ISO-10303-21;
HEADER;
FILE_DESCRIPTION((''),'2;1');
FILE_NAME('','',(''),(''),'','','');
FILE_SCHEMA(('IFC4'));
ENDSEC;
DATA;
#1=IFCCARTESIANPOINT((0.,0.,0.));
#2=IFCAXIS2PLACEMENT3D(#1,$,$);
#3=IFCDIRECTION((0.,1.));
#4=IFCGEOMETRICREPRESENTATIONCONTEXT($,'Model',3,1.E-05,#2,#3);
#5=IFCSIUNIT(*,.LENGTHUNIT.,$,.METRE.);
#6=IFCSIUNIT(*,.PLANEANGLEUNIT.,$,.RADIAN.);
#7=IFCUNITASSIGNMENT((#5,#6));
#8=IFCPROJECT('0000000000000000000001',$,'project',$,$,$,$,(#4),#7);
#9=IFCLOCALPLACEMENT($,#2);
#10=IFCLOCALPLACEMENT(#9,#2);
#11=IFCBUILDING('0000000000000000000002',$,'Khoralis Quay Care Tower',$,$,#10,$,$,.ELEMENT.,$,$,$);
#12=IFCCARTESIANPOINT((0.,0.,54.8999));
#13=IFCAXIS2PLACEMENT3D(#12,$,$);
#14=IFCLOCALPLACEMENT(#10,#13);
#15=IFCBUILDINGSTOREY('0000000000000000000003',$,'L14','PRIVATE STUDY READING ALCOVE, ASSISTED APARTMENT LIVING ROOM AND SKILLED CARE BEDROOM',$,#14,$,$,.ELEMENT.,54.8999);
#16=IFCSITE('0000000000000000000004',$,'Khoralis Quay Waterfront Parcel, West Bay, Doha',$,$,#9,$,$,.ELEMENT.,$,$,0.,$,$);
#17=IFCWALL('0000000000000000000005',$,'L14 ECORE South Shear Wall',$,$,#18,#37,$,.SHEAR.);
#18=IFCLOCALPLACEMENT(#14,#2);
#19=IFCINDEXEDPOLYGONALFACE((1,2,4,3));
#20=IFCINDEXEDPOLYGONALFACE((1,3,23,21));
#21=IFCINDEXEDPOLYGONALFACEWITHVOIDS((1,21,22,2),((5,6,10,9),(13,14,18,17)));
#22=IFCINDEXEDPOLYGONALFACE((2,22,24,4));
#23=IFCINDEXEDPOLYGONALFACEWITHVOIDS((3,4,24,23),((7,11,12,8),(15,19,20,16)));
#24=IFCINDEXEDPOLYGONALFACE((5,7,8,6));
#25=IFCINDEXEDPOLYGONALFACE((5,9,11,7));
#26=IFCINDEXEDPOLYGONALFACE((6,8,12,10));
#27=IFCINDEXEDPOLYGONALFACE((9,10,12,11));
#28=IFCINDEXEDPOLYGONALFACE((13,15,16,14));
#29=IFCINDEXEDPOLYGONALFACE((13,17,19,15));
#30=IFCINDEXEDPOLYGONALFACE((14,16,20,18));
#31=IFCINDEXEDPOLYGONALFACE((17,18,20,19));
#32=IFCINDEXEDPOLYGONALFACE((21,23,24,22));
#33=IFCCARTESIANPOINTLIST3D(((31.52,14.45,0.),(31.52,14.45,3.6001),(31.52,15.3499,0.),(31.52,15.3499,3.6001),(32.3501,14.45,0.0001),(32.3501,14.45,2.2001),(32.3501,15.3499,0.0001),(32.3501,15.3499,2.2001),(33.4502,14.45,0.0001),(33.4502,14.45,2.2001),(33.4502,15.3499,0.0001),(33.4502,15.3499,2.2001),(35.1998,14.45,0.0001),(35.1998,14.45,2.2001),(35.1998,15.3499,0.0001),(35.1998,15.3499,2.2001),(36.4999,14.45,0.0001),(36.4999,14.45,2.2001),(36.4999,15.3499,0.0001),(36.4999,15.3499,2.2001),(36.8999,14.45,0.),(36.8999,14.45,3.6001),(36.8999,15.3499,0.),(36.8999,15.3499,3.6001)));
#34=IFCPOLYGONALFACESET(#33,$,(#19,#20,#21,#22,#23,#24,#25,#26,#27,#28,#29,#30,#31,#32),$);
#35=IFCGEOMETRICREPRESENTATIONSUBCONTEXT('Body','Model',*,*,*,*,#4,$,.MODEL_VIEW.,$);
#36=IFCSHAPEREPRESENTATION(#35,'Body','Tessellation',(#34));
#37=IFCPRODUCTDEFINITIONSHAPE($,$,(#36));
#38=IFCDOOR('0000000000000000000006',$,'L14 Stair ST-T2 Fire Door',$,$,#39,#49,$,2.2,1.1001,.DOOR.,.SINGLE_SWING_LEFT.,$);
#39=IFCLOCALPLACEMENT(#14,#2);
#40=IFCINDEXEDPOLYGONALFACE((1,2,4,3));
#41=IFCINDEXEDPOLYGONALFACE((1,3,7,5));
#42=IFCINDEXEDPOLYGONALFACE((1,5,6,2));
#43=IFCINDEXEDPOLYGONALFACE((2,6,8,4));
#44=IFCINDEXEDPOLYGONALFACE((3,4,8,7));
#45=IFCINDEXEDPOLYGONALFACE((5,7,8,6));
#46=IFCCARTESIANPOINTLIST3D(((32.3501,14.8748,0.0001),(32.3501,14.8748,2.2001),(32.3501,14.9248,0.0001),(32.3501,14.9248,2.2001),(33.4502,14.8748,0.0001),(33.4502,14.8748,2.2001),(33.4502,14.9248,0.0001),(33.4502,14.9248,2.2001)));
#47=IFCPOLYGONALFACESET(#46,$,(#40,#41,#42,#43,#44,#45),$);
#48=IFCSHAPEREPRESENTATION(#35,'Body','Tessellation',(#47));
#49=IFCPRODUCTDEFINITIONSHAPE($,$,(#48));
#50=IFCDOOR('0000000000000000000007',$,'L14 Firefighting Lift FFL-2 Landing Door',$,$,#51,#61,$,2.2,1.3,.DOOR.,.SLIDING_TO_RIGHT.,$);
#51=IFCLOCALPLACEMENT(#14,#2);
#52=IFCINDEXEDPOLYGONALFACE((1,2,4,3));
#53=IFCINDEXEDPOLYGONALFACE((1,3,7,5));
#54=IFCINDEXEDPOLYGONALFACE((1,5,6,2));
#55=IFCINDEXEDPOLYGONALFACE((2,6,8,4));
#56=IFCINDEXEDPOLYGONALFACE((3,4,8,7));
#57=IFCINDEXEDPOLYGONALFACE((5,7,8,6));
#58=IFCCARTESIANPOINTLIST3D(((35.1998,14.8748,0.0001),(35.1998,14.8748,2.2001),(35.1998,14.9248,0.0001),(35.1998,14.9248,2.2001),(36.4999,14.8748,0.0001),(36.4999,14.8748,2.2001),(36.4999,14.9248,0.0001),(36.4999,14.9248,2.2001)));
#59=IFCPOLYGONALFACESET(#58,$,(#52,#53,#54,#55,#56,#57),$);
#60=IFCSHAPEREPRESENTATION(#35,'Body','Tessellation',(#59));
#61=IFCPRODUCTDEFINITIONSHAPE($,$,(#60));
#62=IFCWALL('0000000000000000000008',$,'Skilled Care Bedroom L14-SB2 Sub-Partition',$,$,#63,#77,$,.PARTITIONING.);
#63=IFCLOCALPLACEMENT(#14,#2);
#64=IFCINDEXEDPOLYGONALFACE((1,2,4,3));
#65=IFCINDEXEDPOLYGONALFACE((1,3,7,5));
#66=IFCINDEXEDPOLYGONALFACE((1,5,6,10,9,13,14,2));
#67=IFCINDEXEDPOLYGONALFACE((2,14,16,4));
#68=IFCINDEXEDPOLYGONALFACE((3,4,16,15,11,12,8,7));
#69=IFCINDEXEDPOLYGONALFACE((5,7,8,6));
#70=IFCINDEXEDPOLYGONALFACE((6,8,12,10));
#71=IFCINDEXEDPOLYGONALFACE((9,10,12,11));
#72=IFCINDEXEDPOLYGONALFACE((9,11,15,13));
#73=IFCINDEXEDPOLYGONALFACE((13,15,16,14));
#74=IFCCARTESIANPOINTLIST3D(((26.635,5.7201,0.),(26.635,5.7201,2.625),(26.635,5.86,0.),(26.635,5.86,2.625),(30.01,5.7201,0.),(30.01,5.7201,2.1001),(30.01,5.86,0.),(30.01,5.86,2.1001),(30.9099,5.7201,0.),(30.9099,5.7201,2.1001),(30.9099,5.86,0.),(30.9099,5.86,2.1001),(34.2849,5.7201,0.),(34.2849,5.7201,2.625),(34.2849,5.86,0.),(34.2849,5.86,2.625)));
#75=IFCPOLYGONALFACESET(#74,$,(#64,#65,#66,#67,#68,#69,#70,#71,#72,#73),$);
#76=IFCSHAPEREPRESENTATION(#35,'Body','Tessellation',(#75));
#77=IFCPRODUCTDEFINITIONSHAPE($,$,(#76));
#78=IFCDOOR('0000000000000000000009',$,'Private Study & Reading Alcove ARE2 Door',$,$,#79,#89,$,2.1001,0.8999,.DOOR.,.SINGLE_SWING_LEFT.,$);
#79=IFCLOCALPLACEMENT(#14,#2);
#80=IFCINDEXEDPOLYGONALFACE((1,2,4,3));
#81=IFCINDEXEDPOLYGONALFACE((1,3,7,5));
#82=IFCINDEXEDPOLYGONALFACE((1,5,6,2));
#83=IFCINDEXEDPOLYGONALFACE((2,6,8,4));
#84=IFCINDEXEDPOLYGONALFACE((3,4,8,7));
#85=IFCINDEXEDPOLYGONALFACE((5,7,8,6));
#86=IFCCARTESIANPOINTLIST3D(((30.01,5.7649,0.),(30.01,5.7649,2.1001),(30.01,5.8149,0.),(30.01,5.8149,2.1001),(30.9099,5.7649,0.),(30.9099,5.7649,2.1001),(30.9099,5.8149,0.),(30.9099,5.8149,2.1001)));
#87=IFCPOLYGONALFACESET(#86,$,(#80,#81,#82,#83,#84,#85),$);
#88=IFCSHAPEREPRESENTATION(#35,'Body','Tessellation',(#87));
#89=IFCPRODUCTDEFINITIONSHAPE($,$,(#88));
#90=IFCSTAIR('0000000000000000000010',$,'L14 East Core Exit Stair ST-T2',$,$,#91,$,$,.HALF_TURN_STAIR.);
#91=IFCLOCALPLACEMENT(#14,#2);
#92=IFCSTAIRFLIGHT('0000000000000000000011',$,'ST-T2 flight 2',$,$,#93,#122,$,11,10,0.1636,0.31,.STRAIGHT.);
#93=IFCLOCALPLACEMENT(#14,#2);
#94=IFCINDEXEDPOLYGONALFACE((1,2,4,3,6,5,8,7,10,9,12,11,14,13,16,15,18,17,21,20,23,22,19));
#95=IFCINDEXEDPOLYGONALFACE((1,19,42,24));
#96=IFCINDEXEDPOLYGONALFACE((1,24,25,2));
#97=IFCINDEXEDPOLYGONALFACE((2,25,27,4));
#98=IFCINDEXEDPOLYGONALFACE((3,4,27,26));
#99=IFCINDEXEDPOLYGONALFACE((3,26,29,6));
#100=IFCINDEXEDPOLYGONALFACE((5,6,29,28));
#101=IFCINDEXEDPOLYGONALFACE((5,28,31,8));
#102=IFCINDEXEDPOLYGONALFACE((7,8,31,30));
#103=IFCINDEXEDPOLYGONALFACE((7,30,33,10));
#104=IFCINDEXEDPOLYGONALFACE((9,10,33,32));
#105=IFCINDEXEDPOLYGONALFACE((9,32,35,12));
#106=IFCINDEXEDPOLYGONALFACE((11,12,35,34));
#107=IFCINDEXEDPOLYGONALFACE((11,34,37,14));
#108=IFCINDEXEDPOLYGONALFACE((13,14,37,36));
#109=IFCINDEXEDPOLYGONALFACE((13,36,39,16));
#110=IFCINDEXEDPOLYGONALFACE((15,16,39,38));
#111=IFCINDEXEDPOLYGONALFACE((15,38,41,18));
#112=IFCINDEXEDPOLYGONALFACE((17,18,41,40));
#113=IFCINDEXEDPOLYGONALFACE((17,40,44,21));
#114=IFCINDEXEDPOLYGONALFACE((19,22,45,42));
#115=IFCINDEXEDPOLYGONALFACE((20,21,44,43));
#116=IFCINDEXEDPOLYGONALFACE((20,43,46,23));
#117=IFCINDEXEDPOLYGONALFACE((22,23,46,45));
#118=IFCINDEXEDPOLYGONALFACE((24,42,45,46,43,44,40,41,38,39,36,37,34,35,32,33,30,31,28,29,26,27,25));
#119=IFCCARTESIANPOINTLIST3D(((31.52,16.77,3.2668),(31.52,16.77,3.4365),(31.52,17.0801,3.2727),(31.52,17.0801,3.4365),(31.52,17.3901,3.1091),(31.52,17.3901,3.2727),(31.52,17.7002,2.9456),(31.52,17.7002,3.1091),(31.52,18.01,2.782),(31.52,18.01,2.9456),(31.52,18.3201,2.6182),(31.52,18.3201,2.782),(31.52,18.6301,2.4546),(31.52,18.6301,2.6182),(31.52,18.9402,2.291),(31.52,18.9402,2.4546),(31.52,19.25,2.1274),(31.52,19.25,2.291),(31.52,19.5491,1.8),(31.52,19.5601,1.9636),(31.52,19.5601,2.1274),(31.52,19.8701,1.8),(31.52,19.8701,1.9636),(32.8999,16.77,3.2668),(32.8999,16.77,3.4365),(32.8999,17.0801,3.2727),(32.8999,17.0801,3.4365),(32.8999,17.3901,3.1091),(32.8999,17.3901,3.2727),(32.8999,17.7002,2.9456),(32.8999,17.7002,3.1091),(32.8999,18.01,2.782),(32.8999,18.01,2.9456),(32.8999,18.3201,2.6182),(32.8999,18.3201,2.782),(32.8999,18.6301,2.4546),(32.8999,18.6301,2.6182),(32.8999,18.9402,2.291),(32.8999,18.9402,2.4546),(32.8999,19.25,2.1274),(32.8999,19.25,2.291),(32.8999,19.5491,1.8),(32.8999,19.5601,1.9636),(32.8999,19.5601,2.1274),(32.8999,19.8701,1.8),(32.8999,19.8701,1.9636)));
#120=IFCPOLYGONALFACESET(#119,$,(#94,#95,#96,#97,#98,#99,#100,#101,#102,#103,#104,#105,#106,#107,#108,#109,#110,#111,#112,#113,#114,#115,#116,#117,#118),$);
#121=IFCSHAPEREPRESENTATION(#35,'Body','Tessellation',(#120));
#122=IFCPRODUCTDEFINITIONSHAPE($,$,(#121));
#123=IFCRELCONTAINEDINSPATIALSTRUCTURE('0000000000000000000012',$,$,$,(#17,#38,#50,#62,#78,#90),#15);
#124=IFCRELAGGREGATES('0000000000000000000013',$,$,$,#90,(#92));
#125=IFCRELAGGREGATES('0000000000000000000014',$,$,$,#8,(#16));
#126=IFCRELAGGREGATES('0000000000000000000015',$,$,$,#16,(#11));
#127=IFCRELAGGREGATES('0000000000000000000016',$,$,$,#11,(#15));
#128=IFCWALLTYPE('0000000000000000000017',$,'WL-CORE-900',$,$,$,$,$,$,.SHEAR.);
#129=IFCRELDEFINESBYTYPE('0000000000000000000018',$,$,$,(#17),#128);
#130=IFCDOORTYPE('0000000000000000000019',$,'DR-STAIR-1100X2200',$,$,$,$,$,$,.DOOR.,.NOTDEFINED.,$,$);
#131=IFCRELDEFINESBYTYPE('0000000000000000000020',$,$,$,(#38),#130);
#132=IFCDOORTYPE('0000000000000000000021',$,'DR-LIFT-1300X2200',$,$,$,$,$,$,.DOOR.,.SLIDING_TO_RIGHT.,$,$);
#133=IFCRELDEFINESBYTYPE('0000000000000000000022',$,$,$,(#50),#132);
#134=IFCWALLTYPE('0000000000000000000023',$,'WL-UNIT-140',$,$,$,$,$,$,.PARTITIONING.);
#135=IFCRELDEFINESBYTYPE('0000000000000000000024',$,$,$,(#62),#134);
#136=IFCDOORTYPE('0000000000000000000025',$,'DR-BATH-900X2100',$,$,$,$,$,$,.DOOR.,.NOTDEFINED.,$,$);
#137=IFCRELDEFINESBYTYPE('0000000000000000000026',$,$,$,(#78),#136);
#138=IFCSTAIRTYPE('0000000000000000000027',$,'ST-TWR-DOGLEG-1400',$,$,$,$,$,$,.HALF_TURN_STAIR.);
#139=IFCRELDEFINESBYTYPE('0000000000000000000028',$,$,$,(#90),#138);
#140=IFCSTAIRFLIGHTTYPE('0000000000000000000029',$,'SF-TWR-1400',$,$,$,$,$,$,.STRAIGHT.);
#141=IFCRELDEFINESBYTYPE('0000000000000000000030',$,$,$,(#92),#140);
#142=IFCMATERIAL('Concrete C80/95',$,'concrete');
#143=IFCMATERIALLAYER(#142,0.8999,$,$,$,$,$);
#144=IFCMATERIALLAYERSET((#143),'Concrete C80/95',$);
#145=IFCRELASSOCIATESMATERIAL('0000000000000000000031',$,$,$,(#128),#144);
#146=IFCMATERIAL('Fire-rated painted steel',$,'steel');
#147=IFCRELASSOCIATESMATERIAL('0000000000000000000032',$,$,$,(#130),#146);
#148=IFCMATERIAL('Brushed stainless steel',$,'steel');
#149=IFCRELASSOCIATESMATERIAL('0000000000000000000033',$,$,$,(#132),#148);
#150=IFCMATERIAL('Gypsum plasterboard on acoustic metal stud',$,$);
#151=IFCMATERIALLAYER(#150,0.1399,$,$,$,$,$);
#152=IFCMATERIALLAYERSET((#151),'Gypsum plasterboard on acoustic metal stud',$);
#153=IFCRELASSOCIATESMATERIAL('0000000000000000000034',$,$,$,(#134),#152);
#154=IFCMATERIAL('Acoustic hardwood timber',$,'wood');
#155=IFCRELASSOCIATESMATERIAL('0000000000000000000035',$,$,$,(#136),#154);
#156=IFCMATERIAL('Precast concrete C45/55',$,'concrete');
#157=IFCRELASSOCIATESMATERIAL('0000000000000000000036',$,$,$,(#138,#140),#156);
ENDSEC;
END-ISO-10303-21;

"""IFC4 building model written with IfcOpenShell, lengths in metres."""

from ifc_helpers import new_model, si_unit, direction, frame, frame_2d, origin, place, context, subcontext, project, spatial, polyline, rectangle, outline, extrude, source, transform, mapped, material, layer, layer_set, type_object, element, fill, aggregate, save


model = new_model("IFC4")

# Units and contexts
model_context = context("Model", 3, precision=1e-05, world=origin(), true_north=direction((0.0, 1.0)))
body_context = subcontext(model_context, "Body", "Model", "MODEL_VIEW")
ifc_project = project(units=[si_unit("LENGTHUNIT", "METRE"), si_unit("PLANEANGLEUNIT", "RADIAN")], contexts=[model_context])

# Site, building, storey
site_placement = place(None, origin())
site = spatial("IfcSite", under=ifc_project, at=site_placement, Name="Khoralis Quay Waterfront Parcel, West Bay, Doha", CompositionType="ELEMENT", RefElevation=0.0)
building_placement = place(site_placement, origin())
building = spatial("IfcBuilding", under=site, at=building_placement, Name="Khoralis Quay Care Tower", CompositionType="ELEMENT")
storey_placement = place(building_placement, frame((0.0, 0.0, 54.8999)))
storey = spatial("IfcBuildingStorey", under=building, at=storey_placement, Name="L14", Description="PRIVATE STUDY READING ALCOVE, ASSISTED APARTMENT LIVING ROOM AND SKILLED CARE BEDROOM", CompositionType="ELEMENT", Elevation=54.8999)

# Shared definitions
ifc_material_1 = material(Name="Concrete C80/95", Category="concrete")

# Shared definitions
ifc_material_2 = material(Name="Gypsum plasterboard on acoustic metal stud")
ifc_material_3 = material(Name="Fire-rated painted steel", Category="steel")

# Shared definitions
ifc_layer_1 = layer(ifc_material_1, 0.8999)
ifc_layer_set_1 = layer_set([ifc_layer_1], Name="Concrete C80/95")
wall_type_1 = type_object("IfcWallType", Name="WL-CORE-900", PredefinedType="SHEAR", material=ifc_layer_set_1)

# Wall, openings, doors
wall_1_placement = place(storey_placement, frame((31.52, 14.8999, 0.0), z_axis=(0.0, 0.0, 1.0), x_axis=(1.0, 0.0, 0.0)))
wall_1 = element("IfcWall", 1, at=wall_1_placement, inside=storey, type_object=wall_type_1, Name="L14 ECORE South Shear Wall", PredefinedType="SHEAR", context=body_context, shape_type="SweptSolid", body=[
    extrude(rectangle(XDim=5.3799, YDim=0.8999, at=frame_2d((2.6899, 0.0))), origin(), (0.0, 0.0, 1.0), 3.6001),
])
opening_1_placement = place(wall_1_placement, frame((0.8301, 0.0, 0.0)))
opening_1 = element("IfcOpeningElement", 2, at=opening_1_placement, cuts=wall_1, PredefinedType="OPENING", context=body_context, shape_type="SweptSolid", body=[
    extrude(rectangle(XDim=1.1001, YDim=2.2, at=frame_2d((0.55, 1.1001))), frame((0.0, 0.46, 0.0), z_axis=(0.0, -1.0, 0.0), x_axis=(1.0, 0.0, 0.0)), (0.0, 0.0, 1.0), 0.9199),
])
opening_2_placement = place(wall_1_placement, frame((3.6799, 0.0, 0.0)))
opening_2 = element("IfcOpeningElement", 3, at=opening_2_placement, cuts=wall_1, PredefinedType="OPENING", context=body_context, shape_type="SweptSolid", body=[
    extrude(rectangle(XDim=1.3, YDim=2.2, at=frame_2d((0.6499, 1.1001))), frame((0.0, 0.46, 0.0), z_axis=(0.0, -1.0, 0.0), x_axis=(1.0, 0.0, 0.0)), (0.0, 0.0, 1.0), 0.9199),
])
door_type_1 = type_object("IfcDoorType", Name="DR-STAIR-1100X2200", OperationType="NOTDEFINED", PredefinedType="DOOR", material=ifc_material_3)
shared_shape_1 = source(origin(), body_context, "Body", "SweptSolid", [
    extrude(rectangle(XDim=1.1001, YDim=2.2, at=frame_2d((0.55, 1.1001))), frame((0.0, 0.0249, 0.0), z_axis=(0.0, -1.0, 0.0), x_axis=(1.0, 0.0, 0.0)), (0.0, 0.0, 1.0), 0.05),
])
door_1_placement = place(opening_1_placement, origin())
door_1 = element("IfcDoor", 4, at=door_1_placement, inside=storey, type_object=door_type_1, Name="L14 Stair ST-T2 Fire Door", OperationType="SINGLE_SWING_LEFT", OverallHeight=2.2, OverallWidth=1.1001, PredefinedType="DOOR", context=body_context, shape_type="MappedRepresentation", body=[
    mapped(shared_shape_1, transform((0.0, 0.0, 0.0), scale=1.0)),
])
fill(opening_1, door_1)
ifc_material_4 = material(Name="Brushed stainless steel", Category="steel")
door_type_2 = type_object("IfcDoorType", Name="DR-LIFT-1300X2200", OperationType="SLIDING_TO_RIGHT", PredefinedType="DOOR", material=ifc_material_4)
shared_shape_2 = source(origin(), body_context, "Body", "SweptSolid", [
    extrude(rectangle(XDim=1.3, YDim=2.2, at=frame_2d((0.6499, 1.1001))), frame((0.0, 0.0249, 0.0), z_axis=(0.0, -1.0, 0.0), x_axis=(1.0, 0.0, 0.0)), (0.0, 0.0, 1.0), 0.05),
])
door_2_placement = place(opening_2_placement, origin())
door_2 = element("IfcDoor", 5, at=door_2_placement, inside=storey, type_object=door_type_2, Name="L14 Firefighting Lift FFL-2 Landing Door", OperationType="SLIDING_TO_RIGHT", OverallHeight=2.2, OverallWidth=1.3, PredefinedType="DOOR", context=body_context, shape_type="MappedRepresentation", body=[
    mapped(shared_shape_2, transform((0.0, 0.0, 0.0), scale=1.0)),
])
fill(opening_2, door_2)

# Wall, opening, door
ifc_layer_2 = layer(ifc_material_2, 0.1399)
ifc_layer_set_2 = layer_set([ifc_layer_2], Name="Gypsum plasterboard on acoustic metal stud")
wall_type_2 = type_object("IfcWallType", Name="WL-UNIT-140", PredefinedType="PARTITIONING", material=ifc_layer_set_2)
wall_2_placement = place(storey_placement, frame((26.635, 5.79, 0.0), z_axis=(0.0, 0.0, 1.0), x_axis=(1.0, 0.0, 0.0)))
wall_2 = element("IfcWall", 6, at=wall_2_placement, inside=storey, type_object=wall_type_2, Name="Skilled Care Bedroom L14-SB2 Sub-Partition", PredefinedType="PARTITIONING", context=body_context, shape_type="SweptSolid", body=[
    extrude(rectangle(XDim=7.6499, YDim=0.1399, at=frame_2d((3.825, 0.0))), origin(), (0.0, 0.0, 1.0), 2.625),
])
opening_3_placement = place(wall_2_placement, frame((3.375, 0.0, 0.0)))
opening_3 = element("IfcOpeningElement", 7, at=opening_3_placement, cuts=wall_2, PredefinedType="OPENING", context=body_context, shape_type="SweptSolid", body=[
    extrude(rectangle(XDim=0.8999, YDim=2.1001, at=frame_2d((0.45, 1.05))), frame((0.0, 0.0801, 0.0), z_axis=(0.0, -1.0, 0.0), x_axis=(1.0, 0.0, 0.0)), (0.0, 0.0, 1.0), 0.1599),
])
ifc_material_5 = material(Name="Acoustic hardwood timber", Category="wood")
door_type_3 = type_object("IfcDoorType", Name="DR-BATH-900X2100", OperationType="NOTDEFINED", PredefinedType="DOOR", material=ifc_material_5)
shared_shape_3 = source(origin(), body_context, "Body", "SweptSolid", [
    extrude(rectangle(XDim=0.8999, YDim=2.1001, at=frame_2d((0.45, 1.05))), frame((0.0, 0.0249, 0.0), z_axis=(0.0, -1.0, 0.0), x_axis=(1.0, 0.0, 0.0)), (0.0, 0.0, 1.0), 0.05),
])
door_3_placement = place(opening_3_placement, origin())
door_3 = element("IfcDoor", 8, at=door_3_placement, inside=storey, type_object=door_type_3, Name="Private Study & Reading Alcove ARE2 Door", OperationType="SINGLE_SWING_LEFT", OverallHeight=2.1001, OverallWidth=0.8999, PredefinedType="DOOR", context=body_context, shape_type="MappedRepresentation", body=[
    mapped(shared_shape_3, transform((0.0, 0.0, 0.0), scale=1.0)),
])
fill(opening_3, door_3)

# Stair, stair flight
ifc_material_6 = material(Name="Precast concrete C45/55", Category="concrete")
stair_type = type_object("IfcStairType", Name="ST-TWR-DOGLEG-1400", PredefinedType="HALF_TURN_STAIR", material=ifc_material_6)
stair_placement = place(storey_placement, origin())
stair = element("IfcStair", 9, at=stair_placement, inside=storey, type_object=stair_type, Name="L14 East Core Exit Stair ST-T2", PredefinedType="HALF_TURN_STAIR")
stair_flight_type = type_object("IfcStairFlightType", Name="SF-TWR-1400", PredefinedType="STRAIGHT", material=ifc_material_6)
shared_shape_4 = source(origin(), body_context, "Body", "SweptSolid", [
    extrude(outline(polyline([(0.0, 0.0), (0.0, 0.1636), (0.3101, 0.1636), (0.3101, 0.3274), (0.6201, 0.3274), (0.6201, 0.491), (0.9299, 0.491), (0.9299, 0.6545), (1.24, 0.6545), (1.24, 0.8181), (1.55, 0.8181), (1.55, 0.9819), (1.8601, 0.9819), (1.8601, 1.1455), (2.1699, 1.1455), (2.1699, 1.3091), (2.48, 1.3091), (2.48, 1.4727), (2.79, 1.4727), (2.79, 1.6365), (3.1001, 1.6365), (3.1001, 1.8), (3.1001, 1.4668), (0.321, 0.0), (0.0, 0.0)])), frame((0.0, 0.6899, 0.0), z_axis=(0.0, -1.0, 0.0), x_axis=(1.0, 0.0, 0.0)), (0.0, 0.0, 1.0), 1.3799),
])
stair_flight_placement = place(storey_placement, frame((32.21, 19.8701, 1.8), z_axis=(0.0, 0.0, 1.0), x_axis=(0.0, -1.0, 0.0)))
stair_flight = element("IfcStairFlight", 10, at=stair_flight_placement, type_object=stair_flight_type, Name="ST-T2 flight 2", NumberOfRisers=11, NumberOfTreads=10, PredefinedType="STRAIGHT", RiserHeight=0.1636, TreadLength=0.31, context=body_context, shape_type="MappedRepresentation", body=[
    mapped(shared_shape_4, transform((0.0, 0.0, 0.0), scale=1.0)),
])
aggregate(stair, [stair_flight])

save(model, "model.ifc")
